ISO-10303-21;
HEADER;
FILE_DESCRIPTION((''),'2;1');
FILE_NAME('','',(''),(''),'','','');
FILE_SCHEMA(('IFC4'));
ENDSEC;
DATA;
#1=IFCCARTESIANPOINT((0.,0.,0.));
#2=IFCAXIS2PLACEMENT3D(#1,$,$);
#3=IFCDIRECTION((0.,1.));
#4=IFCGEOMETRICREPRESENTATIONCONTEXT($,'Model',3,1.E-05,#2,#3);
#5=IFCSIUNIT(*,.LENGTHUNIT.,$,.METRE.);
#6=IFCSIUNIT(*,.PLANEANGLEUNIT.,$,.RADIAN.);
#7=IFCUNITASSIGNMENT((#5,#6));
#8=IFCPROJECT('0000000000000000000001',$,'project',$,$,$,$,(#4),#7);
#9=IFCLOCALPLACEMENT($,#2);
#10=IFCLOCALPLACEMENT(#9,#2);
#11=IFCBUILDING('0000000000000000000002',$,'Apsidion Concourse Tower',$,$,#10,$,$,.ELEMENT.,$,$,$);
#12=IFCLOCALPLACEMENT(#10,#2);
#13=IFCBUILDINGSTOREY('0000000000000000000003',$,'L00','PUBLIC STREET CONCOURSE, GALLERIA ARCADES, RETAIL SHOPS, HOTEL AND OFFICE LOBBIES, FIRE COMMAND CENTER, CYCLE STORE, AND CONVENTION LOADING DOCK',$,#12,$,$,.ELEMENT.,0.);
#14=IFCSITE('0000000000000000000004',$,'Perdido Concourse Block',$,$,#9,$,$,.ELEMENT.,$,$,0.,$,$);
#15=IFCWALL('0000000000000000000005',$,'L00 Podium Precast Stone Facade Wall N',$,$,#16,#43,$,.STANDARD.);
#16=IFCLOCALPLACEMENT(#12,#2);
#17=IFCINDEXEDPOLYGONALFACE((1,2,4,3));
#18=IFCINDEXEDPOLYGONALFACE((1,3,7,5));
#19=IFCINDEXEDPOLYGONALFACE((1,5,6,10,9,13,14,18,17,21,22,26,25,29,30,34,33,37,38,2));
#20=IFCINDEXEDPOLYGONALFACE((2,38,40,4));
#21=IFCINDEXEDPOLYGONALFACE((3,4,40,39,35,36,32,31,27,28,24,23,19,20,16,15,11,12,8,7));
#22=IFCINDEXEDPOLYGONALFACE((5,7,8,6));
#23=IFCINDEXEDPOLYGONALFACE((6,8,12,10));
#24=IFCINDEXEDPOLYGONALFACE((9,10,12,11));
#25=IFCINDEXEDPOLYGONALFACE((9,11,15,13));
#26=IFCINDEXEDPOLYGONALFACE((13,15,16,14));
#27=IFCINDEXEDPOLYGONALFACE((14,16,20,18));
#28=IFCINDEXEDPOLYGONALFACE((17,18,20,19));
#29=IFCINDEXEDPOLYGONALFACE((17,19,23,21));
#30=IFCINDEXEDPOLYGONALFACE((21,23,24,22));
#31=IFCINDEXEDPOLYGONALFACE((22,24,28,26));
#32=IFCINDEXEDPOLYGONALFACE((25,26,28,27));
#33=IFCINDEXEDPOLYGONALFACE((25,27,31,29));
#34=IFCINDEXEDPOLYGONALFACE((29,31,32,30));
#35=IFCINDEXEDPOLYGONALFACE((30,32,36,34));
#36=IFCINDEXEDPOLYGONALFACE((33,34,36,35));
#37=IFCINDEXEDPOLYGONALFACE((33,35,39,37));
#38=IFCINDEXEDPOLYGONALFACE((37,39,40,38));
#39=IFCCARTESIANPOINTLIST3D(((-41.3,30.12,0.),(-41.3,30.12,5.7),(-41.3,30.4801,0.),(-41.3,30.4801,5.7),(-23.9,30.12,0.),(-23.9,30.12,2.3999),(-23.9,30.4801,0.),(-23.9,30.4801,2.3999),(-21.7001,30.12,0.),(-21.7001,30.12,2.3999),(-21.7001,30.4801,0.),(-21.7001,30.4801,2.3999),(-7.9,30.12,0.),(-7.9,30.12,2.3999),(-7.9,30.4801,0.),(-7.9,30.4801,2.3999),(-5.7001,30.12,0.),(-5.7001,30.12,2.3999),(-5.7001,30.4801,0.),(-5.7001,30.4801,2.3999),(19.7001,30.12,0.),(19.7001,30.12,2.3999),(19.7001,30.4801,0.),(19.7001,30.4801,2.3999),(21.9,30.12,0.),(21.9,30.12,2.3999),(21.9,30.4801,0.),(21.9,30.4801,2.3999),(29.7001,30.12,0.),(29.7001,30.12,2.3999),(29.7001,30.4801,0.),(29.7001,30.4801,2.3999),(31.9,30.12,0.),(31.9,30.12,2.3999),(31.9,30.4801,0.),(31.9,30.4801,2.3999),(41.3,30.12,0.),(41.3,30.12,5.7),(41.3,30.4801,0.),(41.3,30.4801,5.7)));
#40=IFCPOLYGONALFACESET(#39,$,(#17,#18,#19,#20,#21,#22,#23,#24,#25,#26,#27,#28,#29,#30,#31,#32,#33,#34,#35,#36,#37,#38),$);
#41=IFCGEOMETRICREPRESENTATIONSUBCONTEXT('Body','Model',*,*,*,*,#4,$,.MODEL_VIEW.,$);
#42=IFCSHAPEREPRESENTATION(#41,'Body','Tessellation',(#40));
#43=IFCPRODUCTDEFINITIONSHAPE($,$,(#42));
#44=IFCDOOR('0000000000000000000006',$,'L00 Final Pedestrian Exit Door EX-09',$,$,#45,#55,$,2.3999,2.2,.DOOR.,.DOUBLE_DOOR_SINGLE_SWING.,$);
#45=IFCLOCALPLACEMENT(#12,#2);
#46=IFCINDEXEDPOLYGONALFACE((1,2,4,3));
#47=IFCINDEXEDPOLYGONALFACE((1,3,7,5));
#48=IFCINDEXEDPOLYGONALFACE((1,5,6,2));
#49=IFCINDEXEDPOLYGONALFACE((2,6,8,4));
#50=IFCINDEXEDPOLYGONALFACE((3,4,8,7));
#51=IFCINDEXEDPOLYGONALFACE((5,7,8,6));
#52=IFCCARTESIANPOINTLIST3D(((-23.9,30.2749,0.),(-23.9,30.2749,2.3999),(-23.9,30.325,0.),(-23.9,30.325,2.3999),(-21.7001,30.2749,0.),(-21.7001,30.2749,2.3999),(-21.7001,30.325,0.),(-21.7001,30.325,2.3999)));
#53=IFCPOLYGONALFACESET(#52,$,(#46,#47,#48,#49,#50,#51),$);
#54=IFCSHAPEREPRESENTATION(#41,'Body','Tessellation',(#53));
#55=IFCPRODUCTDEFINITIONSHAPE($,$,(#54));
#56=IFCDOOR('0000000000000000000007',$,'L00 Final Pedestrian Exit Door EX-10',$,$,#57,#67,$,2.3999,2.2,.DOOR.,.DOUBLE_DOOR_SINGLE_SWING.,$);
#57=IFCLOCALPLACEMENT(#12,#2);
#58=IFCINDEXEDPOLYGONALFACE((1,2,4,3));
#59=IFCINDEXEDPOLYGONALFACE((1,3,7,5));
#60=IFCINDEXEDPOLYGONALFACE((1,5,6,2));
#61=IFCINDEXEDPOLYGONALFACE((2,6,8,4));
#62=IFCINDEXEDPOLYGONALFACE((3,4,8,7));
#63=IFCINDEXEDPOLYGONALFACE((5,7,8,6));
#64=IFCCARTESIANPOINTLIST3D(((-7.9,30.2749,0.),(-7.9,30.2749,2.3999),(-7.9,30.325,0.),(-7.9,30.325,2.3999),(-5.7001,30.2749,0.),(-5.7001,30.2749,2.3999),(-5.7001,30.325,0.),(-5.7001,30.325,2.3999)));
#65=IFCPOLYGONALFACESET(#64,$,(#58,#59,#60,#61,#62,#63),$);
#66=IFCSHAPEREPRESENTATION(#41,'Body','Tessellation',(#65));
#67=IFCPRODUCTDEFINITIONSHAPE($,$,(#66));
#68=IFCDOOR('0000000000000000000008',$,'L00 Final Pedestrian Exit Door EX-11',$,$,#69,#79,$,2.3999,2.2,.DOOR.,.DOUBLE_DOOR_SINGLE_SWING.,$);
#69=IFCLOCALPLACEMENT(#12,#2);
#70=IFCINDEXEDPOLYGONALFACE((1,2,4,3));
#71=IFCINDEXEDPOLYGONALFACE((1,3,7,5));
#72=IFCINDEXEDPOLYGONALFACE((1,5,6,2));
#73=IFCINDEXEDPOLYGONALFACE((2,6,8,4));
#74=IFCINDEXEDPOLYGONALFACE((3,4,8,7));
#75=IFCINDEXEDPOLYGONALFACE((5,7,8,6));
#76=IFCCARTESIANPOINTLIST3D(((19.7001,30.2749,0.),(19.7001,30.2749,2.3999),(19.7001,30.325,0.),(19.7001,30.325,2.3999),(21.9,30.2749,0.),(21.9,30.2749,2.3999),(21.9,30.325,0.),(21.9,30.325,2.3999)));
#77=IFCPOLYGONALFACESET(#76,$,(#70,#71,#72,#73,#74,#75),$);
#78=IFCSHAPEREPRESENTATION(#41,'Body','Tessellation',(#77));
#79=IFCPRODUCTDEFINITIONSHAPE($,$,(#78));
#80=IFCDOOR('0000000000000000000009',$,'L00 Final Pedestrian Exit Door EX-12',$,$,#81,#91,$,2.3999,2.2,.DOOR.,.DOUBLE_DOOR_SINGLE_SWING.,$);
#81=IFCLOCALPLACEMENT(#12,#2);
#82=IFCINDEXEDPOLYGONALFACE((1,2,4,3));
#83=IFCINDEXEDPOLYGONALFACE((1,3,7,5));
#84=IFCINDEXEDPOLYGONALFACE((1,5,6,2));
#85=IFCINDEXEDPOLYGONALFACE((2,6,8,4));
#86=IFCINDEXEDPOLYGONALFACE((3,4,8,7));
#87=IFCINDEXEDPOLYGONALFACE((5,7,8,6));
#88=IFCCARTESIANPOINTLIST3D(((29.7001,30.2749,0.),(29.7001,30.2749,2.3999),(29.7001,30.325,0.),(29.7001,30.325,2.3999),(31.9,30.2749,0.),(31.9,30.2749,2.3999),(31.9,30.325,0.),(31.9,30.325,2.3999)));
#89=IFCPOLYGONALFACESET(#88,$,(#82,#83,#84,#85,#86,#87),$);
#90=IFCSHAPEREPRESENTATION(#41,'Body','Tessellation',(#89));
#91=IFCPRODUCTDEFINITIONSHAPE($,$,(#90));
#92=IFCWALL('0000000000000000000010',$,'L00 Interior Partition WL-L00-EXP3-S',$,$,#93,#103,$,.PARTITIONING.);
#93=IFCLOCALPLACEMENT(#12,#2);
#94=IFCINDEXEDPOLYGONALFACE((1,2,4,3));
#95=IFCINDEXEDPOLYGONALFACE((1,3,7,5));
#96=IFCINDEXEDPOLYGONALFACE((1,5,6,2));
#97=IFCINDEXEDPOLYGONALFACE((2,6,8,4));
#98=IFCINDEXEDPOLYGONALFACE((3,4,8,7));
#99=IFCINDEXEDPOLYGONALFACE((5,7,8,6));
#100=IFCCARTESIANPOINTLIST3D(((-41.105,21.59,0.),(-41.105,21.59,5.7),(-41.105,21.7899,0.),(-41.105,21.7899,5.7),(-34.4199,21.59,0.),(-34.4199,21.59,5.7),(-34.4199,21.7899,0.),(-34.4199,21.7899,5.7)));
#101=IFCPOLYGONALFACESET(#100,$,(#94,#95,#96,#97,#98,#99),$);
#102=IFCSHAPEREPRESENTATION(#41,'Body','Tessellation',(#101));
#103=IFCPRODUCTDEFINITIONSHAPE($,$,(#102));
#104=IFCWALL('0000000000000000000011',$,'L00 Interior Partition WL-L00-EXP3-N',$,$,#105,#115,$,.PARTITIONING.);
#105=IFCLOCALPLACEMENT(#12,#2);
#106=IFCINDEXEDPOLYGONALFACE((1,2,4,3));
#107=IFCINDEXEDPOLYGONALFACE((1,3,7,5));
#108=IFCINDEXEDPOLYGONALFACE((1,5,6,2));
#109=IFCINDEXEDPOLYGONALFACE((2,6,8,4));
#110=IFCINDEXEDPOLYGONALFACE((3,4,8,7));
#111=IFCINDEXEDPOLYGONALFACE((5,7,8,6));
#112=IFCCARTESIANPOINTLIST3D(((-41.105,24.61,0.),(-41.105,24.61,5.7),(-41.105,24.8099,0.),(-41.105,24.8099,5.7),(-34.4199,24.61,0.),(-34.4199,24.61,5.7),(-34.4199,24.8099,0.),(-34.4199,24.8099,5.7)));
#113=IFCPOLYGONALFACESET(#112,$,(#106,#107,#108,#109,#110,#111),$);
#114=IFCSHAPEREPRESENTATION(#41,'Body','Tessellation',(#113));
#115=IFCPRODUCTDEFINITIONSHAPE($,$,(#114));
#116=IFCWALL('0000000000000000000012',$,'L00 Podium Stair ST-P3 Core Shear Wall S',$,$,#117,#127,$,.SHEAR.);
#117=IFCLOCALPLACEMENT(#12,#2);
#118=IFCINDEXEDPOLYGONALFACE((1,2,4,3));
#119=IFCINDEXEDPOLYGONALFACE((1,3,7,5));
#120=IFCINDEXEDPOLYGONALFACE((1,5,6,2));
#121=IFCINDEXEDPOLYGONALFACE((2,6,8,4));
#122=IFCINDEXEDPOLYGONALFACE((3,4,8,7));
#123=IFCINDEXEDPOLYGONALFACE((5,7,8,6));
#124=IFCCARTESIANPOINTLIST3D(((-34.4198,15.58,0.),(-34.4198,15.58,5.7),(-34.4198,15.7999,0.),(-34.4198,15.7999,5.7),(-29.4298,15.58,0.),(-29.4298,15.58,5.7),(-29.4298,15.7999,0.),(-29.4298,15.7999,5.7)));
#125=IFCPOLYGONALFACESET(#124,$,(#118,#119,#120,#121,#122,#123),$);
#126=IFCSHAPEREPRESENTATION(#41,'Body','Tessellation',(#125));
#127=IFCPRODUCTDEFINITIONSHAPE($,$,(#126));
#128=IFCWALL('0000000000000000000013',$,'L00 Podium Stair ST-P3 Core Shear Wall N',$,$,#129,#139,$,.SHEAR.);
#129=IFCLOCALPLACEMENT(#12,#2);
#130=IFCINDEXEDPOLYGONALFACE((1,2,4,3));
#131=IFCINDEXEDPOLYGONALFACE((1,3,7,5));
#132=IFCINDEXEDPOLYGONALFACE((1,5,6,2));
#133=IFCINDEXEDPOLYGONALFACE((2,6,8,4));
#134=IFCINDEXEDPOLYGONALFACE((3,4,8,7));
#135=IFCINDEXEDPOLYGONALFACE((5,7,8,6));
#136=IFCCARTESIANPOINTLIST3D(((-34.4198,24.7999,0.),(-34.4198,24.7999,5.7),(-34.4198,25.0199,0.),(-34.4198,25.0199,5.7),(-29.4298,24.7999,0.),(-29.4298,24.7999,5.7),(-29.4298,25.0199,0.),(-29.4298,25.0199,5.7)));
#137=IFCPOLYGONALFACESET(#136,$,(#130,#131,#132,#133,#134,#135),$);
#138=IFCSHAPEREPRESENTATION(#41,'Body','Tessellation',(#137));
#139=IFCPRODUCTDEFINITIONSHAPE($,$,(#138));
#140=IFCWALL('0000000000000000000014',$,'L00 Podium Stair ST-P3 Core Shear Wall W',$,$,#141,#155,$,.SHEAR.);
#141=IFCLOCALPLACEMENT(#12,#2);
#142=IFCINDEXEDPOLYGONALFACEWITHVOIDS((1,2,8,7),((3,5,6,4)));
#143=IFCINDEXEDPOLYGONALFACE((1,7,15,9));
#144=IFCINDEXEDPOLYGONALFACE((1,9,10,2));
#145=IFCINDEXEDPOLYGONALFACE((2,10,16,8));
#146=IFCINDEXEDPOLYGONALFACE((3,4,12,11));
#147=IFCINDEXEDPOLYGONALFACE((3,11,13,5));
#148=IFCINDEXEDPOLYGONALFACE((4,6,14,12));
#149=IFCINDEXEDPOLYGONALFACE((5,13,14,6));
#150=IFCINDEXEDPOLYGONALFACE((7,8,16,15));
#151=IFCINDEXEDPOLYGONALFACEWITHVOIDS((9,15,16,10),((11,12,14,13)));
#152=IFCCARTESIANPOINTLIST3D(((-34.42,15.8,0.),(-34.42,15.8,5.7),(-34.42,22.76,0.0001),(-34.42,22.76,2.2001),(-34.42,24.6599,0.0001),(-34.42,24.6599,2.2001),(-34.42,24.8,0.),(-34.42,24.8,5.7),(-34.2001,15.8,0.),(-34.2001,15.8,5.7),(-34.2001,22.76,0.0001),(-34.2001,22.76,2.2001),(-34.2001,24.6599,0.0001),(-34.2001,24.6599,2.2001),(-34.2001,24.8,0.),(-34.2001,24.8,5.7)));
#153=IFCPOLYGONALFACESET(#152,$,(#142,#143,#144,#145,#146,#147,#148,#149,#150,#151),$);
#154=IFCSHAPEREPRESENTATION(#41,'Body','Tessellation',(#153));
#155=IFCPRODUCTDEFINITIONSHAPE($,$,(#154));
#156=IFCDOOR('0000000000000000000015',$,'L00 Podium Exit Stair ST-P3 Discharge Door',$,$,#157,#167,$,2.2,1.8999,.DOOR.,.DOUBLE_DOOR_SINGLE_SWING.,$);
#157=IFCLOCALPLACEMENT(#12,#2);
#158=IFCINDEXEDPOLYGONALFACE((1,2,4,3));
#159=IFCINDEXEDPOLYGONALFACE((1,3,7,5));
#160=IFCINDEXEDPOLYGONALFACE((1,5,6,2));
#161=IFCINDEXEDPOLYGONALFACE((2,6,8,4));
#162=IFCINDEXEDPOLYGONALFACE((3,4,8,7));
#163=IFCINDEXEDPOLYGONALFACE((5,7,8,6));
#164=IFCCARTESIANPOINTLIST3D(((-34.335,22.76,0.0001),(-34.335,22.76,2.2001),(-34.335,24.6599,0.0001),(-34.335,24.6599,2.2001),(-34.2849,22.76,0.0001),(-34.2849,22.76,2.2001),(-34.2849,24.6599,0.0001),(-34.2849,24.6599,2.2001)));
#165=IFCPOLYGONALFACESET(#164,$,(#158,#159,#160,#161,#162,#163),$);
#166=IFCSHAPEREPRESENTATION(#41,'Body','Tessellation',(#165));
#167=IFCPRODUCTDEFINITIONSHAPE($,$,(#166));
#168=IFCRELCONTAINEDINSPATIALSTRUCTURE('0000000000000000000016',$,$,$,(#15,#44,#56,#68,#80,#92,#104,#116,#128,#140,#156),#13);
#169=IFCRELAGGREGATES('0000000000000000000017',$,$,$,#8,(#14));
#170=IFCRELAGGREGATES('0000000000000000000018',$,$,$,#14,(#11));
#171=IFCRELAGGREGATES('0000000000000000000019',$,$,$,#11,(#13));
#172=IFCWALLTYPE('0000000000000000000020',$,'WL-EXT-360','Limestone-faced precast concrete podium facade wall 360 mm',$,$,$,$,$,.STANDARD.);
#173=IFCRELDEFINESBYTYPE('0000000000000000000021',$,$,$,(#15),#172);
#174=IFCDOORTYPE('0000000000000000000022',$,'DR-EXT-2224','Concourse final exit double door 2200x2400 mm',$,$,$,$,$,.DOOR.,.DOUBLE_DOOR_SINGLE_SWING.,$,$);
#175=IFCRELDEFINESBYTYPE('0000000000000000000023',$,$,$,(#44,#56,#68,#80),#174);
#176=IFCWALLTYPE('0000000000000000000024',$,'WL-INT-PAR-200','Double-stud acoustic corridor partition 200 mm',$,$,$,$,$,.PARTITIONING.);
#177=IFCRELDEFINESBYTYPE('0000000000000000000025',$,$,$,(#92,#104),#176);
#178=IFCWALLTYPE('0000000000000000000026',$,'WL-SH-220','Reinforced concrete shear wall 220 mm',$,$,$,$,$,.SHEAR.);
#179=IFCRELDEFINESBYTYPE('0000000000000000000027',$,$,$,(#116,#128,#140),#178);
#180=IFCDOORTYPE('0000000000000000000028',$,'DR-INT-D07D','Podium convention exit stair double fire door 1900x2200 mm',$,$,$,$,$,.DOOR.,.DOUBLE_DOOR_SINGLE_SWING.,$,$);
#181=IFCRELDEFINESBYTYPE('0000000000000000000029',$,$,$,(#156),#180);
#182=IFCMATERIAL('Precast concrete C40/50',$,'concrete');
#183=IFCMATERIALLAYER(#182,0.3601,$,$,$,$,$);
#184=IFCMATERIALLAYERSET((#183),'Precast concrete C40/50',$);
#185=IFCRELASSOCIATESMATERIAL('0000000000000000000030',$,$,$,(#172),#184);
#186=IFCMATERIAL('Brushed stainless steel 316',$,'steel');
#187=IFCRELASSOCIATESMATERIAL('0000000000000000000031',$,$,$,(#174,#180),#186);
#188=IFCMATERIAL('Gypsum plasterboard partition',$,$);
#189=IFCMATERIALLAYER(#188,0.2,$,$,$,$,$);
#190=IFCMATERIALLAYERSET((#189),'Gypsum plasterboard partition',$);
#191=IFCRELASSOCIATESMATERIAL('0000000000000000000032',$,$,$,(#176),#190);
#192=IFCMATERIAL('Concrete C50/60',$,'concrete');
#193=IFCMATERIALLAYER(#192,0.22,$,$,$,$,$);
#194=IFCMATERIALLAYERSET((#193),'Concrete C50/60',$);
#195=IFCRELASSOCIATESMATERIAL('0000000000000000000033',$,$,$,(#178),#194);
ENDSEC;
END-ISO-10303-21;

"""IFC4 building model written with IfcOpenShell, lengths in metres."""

from ifc_helpers import new_model, si_unit, direction, frame, frame_2d, origin, place, context, subcontext, project, spatial, rectangle, extrude, material, layer, layer_set, type_object, element, fill, save


model = new_model("IFC4")

# Units and contexts
model_context = context("Model", 3, precision=1e-05, world=origin(), true_north=direction((0.0, 1.0)))
body_context = subcontext(model_context, "Body", "Model", "MODEL_VIEW")
ifc_project = project(units=[si_unit("LENGTHUNIT", "METRE"), si_unit("PLANEANGLEUNIT", "RADIAN")], contexts=[model_context])

# Site, building, storey
site_placement = place(None, origin())
site = spatial("IfcSite", under=ifc_project, at=site_placement, Name="Perdido Concourse Block", CompositionType="ELEMENT", RefElevation=0.0)
building_placement = place(site_placement, origin())
building = spatial("IfcBuilding", under=site, at=building_placement, Name="Apsidion Concourse Tower", CompositionType="ELEMENT")
storey_placement = place(building_placement, origin())
storey = spatial("IfcBuildingStorey", under=building, at=storey_placement, Name="L00", Description="PUBLIC STREET CONCOURSE, GALLERIA ARCADES, RETAIL SHOPS, HOTEL AND OFFICE LOBBIES, FIRE COMMAND CENTER, CYCLE STORE, AND CONVENTION LOADING DOCK", CompositionType="ELEMENT", Elevation=0.0)

# Wall, openings, doors
ifc_material_1 = material(Name="Precast concrete C40/50", Category="concrete")
ifc_layer_1 = layer(ifc_material_1, 0.3601)
ifc_layer_set_1 = layer_set([ifc_layer_1], Name="Precast concrete C40/50")
wall_type_1 = type_object("IfcWallType", Name="WL-EXT-360", Description="Limestone-faced precast concrete podium facade wall 360 mm", PredefinedType="STANDARD", material=ifc_layer_set_1)
wall_1_placement = place(storey_placement, frame((-41.3, 30.3, 0.0), z_axis=(0.0, 0.0, 1.0), x_axis=(1.0, 0.0, 0.0)))
wall_1 = element("IfcWall", 1, at=wall_1_placement, inside=storey, type_object=wall_type_1, Name="L00 Podium Precast Stone Facade Wall N", PredefinedType="STANDARD", context=body_context, shape_type="SweptSolid", body=[
    extrude(rectangle(XDim=82.6001, YDim=0.3601, at=frame_2d((41.3, 0.0))), origin(), (0.0, 0.0, 1.0), 5.7),
])
opening_1_placement = place(wall_1_placement, frame((17.3999, 0.0, 0.0)))
opening_1 = element("IfcOpeningElement", 2, at=opening_1_placement, cuts=wall_1, PredefinedType="OPENING", context=body_context, shape_type="SweptSolid", body=[
    extrude(rectangle(XDim=2.2, YDim=2.3999, at=frame_2d((1.1001, 1.2))), frame((0.0, 0.1899, 0.0), z_axis=(0.0, -1.0, 0.0), x_axis=(1.0, 0.0, 0.0)), (0.0, 0.0, 1.0), 0.3801),
])
opening_2_placement = place(wall_1_placement, frame((33.3999, 0.0, 0.0)))
opening_2 = element("IfcOpeningElement", 3, at=opening_2_placement, cuts=wall_1, PredefinedType="OPENING", context=body_context, shape_type="SweptSolid", body=[
    extrude(rectangle(XDim=2.2, YDim=2.3999, at=frame_2d((1.1001, 1.2))), frame((0.0, 0.1899, 0.0), z_axis=(0.0, -1.0, 0.0), x_axis=(1.0, 0.0, 0.0)), (0.0, 0.0, 1.0), 0.3801),
])
opening_3_placement = place(wall_1_placement, frame((61.0, 0.0, 0.0)))
opening_3 = element("IfcOpeningElement", 4, at=opening_3_placement, cuts=wall_1, PredefinedType="OPENING", context=body_context, shape_type="SweptSolid", body=[
    extrude(rectangle(XDim=2.2, YDim=2.3999, at=frame_2d((1.1001, 1.2))), frame((0.0, 0.1899, 0.0), z_axis=(0.0, -1.0, 0.0), x_axis=(1.0, 0.0, 0.0)), (0.0, 0.0, 1.0), 0.3801),
])
opening_4_placement = place(wall_1_placement, frame((71.0, 0.0, 0.0)))
opening_4 = element("IfcOpeningElement", 5, at=opening_4_placement, cuts=wall_1, PredefinedType="OPENING", context=body_context, shape_type="SweptSolid", body=[
    extrude(rectangle(XDim=2.2, YDim=2.3999, at=frame_2d((1.1001, 1.2))), frame((0.0, 0.1899, 0.0), z_axis=(0.0, -1.0, 0.0), x_axis=(1.0, 0.0, 0.0)), (0.0, 0.0, 1.0), 0.3801),
])
ifc_material_2 = material(Name="Brushed stainless steel 316", Category="steel")
door_type_1 = type_object("IfcDoorType", Name="DR-EXT-2224", Description="Concourse final exit double door 2200x2400 mm", OperationType="DOUBLE_DOOR_SINGLE_SWING", PredefinedType="DOOR", material=ifc_material_2)
door_1_placement = place(opening_1_placement, origin())
door_1 = element("IfcDoor", 6, at=door_1_placement, inside=storey, type_object=door_type_1, Name="L00 Final Pedestrian Exit Door EX-09", OperationType="DOUBLE_DOOR_SINGLE_SWING", OverallHeight=2.3999, OverallWidth=2.2, PredefinedType="DOOR", context=body_context, shape_type="SweptSolid", body=[
    extrude(rectangle(XDim=2.2, YDim=2.3999, at=frame_2d((1.1001, 1.2))), frame((0.0, 0.0249, 0.0), z_axis=(0.0, -1.0, 0.0), x_axis=(1.0, 0.0, 0.0)), (0.0, 0.0, 1.0), 0.05),
])
fill(opening_1, door_1)
door_2_placement = place(opening_2_placement, origin())
door_2 = element("IfcDoor", 7, at=door_2_placement, inside=storey, type_object=door_type_1, Name="L00 Final Pedestrian Exit Door EX-10", OperationType="DOUBLE_DOOR_SINGLE_SWING", OverallHeight=2.3999, OverallWidth=2.2, PredefinedType="DOOR", context=body_context, shape_type="SweptSolid", body=[
    extrude(rectangle(XDim=2.2, YDim=2.3999, at=frame_2d((1.1001, 1.2))), frame((0.0, 0.0249, 0.0), z_axis=(0.0, -1.0, 0.0), x_axis=(1.0, 0.0, 0.0)), (0.0, 0.0, 1.0), 0.05),
])
fill(opening_2, door_2)
door_3_placement = place(opening_3_placement, origin())
door_3 = element("IfcDoor", 8, at=door_3_placement, inside=storey, type_object=door_type_1, Name="L00 Final Pedestrian Exit Door EX-11", OperationType="DOUBLE_DOOR_SINGLE_SWING", OverallHeight=2.3999, OverallWidth=2.2, PredefinedType="DOOR", context=body_context, shape_type="SweptSolid", body=[
    extrude(rectangle(XDim=2.2, YDim=2.3999, at=frame_2d((1.1001, 1.2))), frame((0.0, 0.0249, 0.0), z_axis=(0.0, -1.0, 0.0), x_axis=(1.0, 0.0, 0.0)), (0.0, 0.0, 1.0), 0.05),
])
fill(opening_3, door_3)
door_4_placement = place(opening_4_placement, origin())
door_4 = element("IfcDoor", 9, at=door_4_placement, inside=storey, type_object=door_type_1, Name="L00 Final Pedestrian Exit Door EX-12", OperationType="DOUBLE_DOOR_SINGLE_SWING", OverallHeight=2.3999, OverallWidth=2.2, PredefinedType="DOOR", context=body_context, shape_type="SweptSolid", body=[
    extrude(rectangle(XDim=2.2, YDim=2.3999, at=frame_2d((1.1001, 1.2))), frame((0.0, 0.0249, 0.0), z_axis=(0.0, -1.0, 0.0), x_axis=(1.0, 0.0, 0.0)), (0.0, 0.0, 1.0), 0.05),
])
fill(opening_4, door_4)

# Walls
ifc_material_3 = material(Name="Gypsum plasterboard partition")
ifc_layer_2 = layer(ifc_material_3, 0.2)
ifc_layer_set_2 = layer_set([ifc_layer_2], Name="Gypsum plasterboard partition")
wall_type_2 = type_object("IfcWallType", Name="WL-INT-PAR-200", Description="Double-stud acoustic corridor partition 200 mm", PredefinedType="PARTITIONING", material=ifc_layer_set_2)
for number, where, z_axis, x_axis, name in (
    (10, (-41.105, 21.6899, 0.0), (0.0, 0.0, 1.0), (1.0, 0.0, 0.0), "L00 Interior Partition WL-L00-EXP3-S"),
    (11, (-41.105, 24.71, 0.0), (0.0, 0.0, 1.0), (1.0, 0.0, 0.0), "L00 Interior Partition WL-L00-EXP3-N"),
):
    element("IfcWall", number, at=place(storey_placement, frame(where, z_axis=z_axis, x_axis=x_axis)), inside=storey, type_object=wall_type_2, Name=name, PredefinedType="PARTITIONING", context=body_context, shape_type="SweptSolid", body=[
        extrude(rectangle(XDim=6.6851, YDim=0.2, at=frame_2d((3.3425, 0.0))), origin(), (0.0, 0.0, 1.0), 5.7),
    ])
ifc_material_4 = material(Name="Concrete C50/60", Category="concrete")
ifc_layer_3 = layer(ifc_material_4, 0.22)
ifc_layer_set_3 = layer_set([ifc_layer_3], Name="Concrete C50/60")
wall_type_3 = type_object("IfcWallType", Name="WL-SH-220", Description="Reinforced concrete shear wall 220 mm", PredefinedType="SHEAR", material=ifc_layer_set_3)
for number, where, z_axis, x_axis, name in (
    (12, (-34.4199, 15.6899, 0.0), (0.0, 0.0, 1.0), (1.0, 0.0, 0.0), "L00 Podium Stair ST-P3 Core Shear Wall S"),
    (13, (-34.4199, 24.9099, 0.0), (0.0, 0.0, 1.0), (1.0, 0.0, 0.0), "L00 Podium Stair ST-P3 Core Shear Wall N"),
):
    element("IfcWall", number, at=place(storey_placement, frame(where, z_axis=z_axis, x_axis=x_axis)), inside=storey, type_object=wall_type_3, Name=name, PredefinedType="SHEAR", context=body_context, shape_type="SweptSolid", body=[
        extrude(rectangle(XDim=4.99, YDim=0.22, at=frame_2d((2.4951, 0.0))), origin(), (0.0, 0.0, 1.0), 5.7),
    ])

# Wall, opening, door
wall_2_placement = place(storey_placement, frame((-34.3101, 15.8, 0.0), z_axis=(0.0, 0.0, 1.0), x_axis=(0.0, 1.0, 0.0)))
wall_2 = element("IfcWall", 14, at=wall_2_placement, inside=storey, type_object=wall_type_3, Name="L00 Podium Stair ST-P3 Core Shear Wall W", PredefinedType="SHEAR", context=body_context, shape_type="SweptSolid", body=[
    extrude(rectangle(XDim=9.0, YDim=0.22, at=frame_2d((4.5, 0.0))), origin(), (0.0, 0.0, 1.0), 5.7),
])
opening_5_placement = place(wall_2_placement, frame((6.96, 0.0, 0.0)))
opening_5 = element("IfcOpeningElement", 15, at=opening_5_placement, cuts=wall_2, PredefinedType="OPENING", context=body_context, shape_type="SweptSolid", body=[
    extrude(rectangle(XDim=1.8999, YDim=2.2, at=frame_2d((0.95, 1.1001))), frame((0.0, 0.1201, 0.0), z_axis=(0.0, -1.0, 0.0), x_axis=(1.0, 0.0, 0.0)), (0.0, 0.0, 1.0), 0.24),
])
door_type_2 = type_object("IfcDoorType", Name="DR-INT-D07D", Description="Podium convention exit stair double fire door 1900x2200 mm", OperationType="DOUBLE_DOOR_SINGLE_SWING", PredefinedType="DOOR", material=ifc_material_2)
door_5_placement = place(opening_5_placement, origin())
door_5 = element("IfcDoor", 16, at=door_5_placement, inside=storey, type_object=door_type_2, Name="L00 Podium Exit Stair ST-P3 Discharge Door", OperationType="DOUBLE_DOOR_SINGLE_SWING", OverallHeight=2.2, OverallWidth=1.8999, PredefinedType="DOOR", context=body_context, shape_type="SweptSolid", body=[
    extrude(rectangle(XDim=1.8999, YDim=2.2, at=frame_2d((0.95, 1.1001))), frame((0.0, 0.0249, 0.0), z_axis=(0.0, -1.0, 0.0), x_axis=(1.0, 0.0, 0.0)), (0.0, 0.0, 1.0), 0.05),
])
fill(opening_5, door_5)

save(model, "model.ifc")
